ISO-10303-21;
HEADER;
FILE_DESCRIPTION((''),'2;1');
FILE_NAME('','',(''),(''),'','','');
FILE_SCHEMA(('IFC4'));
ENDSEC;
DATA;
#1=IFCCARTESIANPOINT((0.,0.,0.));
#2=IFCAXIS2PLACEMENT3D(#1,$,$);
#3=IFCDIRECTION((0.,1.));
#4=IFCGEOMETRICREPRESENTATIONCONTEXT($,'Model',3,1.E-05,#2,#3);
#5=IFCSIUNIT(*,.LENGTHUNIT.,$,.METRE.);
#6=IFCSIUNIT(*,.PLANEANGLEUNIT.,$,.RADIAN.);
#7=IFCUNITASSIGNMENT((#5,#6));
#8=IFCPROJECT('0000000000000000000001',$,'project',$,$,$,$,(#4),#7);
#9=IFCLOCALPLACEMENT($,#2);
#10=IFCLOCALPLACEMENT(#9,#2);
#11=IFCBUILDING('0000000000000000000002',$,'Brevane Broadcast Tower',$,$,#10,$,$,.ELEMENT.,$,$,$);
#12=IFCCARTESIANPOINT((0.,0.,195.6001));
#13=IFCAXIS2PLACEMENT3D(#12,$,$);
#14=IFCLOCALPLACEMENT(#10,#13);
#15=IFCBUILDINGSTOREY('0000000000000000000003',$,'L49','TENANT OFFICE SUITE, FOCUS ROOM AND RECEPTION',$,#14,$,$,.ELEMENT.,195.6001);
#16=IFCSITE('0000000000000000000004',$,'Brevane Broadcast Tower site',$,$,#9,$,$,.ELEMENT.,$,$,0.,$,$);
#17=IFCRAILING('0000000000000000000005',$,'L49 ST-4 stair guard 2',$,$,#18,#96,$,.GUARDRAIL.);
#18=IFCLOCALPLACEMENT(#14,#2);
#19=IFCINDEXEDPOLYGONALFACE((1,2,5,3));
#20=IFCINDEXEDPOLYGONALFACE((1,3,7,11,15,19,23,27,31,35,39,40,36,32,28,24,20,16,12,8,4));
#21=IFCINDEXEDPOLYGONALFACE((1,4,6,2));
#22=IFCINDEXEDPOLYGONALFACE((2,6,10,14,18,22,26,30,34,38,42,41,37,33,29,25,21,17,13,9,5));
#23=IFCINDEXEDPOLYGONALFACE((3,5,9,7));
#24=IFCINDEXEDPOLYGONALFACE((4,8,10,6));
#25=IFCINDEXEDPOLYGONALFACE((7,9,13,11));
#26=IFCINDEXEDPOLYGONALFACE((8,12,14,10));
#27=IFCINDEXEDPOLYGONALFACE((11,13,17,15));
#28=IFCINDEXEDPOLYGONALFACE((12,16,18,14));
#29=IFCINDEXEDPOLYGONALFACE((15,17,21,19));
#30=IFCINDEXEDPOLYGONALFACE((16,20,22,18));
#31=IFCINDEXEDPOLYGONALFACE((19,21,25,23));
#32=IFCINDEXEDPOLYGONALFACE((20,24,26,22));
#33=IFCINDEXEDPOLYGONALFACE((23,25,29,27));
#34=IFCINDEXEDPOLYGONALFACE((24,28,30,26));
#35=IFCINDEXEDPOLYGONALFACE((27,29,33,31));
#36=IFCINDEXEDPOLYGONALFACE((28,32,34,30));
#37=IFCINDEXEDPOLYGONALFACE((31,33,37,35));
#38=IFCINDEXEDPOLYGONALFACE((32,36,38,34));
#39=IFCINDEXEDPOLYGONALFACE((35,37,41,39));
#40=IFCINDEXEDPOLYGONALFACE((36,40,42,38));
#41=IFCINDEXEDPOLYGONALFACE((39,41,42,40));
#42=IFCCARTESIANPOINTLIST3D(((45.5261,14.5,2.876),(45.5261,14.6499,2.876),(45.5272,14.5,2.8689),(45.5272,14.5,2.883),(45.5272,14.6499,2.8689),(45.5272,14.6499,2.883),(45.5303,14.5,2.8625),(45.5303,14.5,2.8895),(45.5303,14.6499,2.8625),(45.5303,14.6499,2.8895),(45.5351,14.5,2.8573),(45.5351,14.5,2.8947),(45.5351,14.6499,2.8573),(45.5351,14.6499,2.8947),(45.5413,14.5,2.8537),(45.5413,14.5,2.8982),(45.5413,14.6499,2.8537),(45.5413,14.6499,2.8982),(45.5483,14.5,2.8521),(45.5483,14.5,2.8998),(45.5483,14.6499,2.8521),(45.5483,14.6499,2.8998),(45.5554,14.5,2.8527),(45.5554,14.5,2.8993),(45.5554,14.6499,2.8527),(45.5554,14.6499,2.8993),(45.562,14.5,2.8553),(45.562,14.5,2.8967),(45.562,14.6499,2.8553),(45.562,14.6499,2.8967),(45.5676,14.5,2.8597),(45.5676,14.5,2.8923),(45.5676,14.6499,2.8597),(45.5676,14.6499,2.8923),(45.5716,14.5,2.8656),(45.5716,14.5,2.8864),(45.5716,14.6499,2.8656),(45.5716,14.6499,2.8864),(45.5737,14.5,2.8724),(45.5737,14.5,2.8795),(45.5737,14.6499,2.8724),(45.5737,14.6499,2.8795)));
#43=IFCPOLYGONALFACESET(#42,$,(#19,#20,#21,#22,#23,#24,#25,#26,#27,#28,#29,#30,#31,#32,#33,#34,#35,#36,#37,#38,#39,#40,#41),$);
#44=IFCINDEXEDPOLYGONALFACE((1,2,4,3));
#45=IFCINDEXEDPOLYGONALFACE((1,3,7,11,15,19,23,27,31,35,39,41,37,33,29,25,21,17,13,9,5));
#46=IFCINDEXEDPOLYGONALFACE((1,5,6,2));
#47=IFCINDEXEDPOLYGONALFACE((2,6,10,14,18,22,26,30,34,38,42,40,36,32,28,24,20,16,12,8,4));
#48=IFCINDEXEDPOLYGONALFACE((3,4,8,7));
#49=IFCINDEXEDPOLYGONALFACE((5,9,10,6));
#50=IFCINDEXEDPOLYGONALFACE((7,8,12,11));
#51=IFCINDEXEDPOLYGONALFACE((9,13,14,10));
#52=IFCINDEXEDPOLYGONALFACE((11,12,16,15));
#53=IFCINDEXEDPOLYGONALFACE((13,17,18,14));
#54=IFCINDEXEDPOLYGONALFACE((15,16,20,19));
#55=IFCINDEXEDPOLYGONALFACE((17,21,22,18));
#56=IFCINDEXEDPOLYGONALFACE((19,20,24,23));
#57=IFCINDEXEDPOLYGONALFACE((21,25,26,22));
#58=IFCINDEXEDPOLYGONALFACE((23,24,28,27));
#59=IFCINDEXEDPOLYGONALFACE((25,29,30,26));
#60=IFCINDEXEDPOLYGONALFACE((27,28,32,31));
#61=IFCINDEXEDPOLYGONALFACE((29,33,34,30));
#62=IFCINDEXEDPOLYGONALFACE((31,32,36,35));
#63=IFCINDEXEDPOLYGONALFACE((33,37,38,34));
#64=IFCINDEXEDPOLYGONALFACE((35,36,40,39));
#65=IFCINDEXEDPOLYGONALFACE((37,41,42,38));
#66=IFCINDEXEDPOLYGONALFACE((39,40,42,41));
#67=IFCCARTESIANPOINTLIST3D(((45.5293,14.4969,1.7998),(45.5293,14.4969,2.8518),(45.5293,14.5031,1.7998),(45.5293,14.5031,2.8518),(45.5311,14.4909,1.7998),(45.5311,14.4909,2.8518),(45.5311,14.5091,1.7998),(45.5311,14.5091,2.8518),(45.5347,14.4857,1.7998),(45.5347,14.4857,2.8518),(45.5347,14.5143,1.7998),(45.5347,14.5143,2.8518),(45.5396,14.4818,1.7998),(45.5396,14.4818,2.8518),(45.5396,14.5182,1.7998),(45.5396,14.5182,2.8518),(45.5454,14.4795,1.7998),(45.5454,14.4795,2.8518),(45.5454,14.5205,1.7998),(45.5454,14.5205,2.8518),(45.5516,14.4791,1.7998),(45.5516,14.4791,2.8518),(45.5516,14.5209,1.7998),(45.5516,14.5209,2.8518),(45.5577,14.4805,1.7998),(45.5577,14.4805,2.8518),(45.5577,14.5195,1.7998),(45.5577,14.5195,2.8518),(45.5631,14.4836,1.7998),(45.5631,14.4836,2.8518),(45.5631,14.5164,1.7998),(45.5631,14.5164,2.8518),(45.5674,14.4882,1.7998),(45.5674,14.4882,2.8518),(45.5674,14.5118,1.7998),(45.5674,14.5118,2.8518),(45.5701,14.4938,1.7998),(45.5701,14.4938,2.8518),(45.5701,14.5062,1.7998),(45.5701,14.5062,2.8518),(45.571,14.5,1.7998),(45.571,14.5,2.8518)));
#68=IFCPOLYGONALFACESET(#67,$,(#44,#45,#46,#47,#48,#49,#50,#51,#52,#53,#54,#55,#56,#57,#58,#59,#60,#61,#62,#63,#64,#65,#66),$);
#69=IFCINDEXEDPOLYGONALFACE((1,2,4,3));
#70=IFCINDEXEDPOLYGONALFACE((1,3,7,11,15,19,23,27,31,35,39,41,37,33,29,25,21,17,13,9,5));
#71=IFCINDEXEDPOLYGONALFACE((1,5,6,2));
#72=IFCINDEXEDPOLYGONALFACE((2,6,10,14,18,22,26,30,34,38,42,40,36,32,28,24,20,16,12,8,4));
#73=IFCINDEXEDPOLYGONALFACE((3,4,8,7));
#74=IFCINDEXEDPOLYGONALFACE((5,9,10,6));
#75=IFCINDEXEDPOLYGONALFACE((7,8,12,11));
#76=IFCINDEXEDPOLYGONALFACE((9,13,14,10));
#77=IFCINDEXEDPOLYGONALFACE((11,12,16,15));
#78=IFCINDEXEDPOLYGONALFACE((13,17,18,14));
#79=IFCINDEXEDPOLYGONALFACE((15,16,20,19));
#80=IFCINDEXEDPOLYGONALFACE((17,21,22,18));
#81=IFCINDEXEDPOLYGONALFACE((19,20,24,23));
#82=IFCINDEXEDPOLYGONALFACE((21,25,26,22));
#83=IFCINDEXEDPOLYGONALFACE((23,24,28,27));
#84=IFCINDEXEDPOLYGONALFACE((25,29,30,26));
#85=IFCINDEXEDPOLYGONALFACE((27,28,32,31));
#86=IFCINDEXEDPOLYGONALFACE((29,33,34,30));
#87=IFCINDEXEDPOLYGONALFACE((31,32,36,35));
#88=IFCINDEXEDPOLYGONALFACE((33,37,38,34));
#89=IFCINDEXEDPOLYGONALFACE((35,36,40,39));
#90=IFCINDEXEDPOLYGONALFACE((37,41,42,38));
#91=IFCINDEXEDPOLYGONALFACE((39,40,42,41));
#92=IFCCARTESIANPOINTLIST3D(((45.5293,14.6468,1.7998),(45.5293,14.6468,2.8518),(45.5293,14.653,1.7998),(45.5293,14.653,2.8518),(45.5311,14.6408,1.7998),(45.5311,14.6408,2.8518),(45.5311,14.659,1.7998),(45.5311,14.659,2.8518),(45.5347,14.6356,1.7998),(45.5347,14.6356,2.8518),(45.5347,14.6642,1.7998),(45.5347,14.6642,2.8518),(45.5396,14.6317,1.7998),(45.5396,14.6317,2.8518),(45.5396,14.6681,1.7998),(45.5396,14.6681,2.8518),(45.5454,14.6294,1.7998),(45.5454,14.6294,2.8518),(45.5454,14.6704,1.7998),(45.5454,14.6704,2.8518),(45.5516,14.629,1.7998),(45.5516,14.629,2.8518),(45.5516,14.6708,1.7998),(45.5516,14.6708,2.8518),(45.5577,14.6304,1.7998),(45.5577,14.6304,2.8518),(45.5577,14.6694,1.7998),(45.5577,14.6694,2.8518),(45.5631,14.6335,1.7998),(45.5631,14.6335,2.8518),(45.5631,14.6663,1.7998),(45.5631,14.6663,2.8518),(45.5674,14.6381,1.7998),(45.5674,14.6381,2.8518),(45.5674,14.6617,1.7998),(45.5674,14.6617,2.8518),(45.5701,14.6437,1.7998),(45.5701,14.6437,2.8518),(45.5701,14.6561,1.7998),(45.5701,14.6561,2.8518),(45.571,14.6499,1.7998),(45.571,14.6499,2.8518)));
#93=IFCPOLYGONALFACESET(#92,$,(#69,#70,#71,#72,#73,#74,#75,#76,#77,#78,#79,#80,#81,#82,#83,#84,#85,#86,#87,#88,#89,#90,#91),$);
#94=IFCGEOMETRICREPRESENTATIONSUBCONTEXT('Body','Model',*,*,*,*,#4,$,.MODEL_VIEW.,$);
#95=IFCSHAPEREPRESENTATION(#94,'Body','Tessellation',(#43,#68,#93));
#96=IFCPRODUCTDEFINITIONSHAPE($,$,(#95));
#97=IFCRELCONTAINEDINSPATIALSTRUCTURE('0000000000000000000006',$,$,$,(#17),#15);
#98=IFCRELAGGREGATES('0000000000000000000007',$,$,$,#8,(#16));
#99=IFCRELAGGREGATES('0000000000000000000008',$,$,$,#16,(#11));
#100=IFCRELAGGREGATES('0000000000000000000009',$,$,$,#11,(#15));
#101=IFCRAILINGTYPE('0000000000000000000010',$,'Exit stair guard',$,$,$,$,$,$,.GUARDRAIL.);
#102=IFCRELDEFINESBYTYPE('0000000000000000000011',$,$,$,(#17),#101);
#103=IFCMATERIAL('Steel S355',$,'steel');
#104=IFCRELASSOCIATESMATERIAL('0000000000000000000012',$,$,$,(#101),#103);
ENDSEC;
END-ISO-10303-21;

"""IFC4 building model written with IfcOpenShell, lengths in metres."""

from ifc_helpers import new_model, si_unit, direction, frame, origin, origin_2d, place, context, subcontext, project, spatial, circle, extrude, material, type_object, element, save


model = new_model("IFC4")

# Units and contexts
model_context = context("Model", 3, precision=1e-05, world=origin(), true_north=direction((0.0, 1.0)))
body_context = subcontext(model_context, "Body", "Model", "MODEL_VIEW")
ifc_project = project(units=[si_unit("LENGTHUNIT", "METRE"), si_unit("PLANEANGLEUNIT", "RADIAN")], contexts=[model_context])

# Site, building, storey
site_placement = place(None, origin())
site = spatial("IfcSite", under=ifc_project, at=site_placement, Name="Brevane Broadcast Tower site", CompositionType="ELEMENT", RefElevation=0.0)
building_placement = place(site_placement, origin())
building = spatial("IfcBuilding", under=site, at=building_placement, Name="Brevane Broadcast Tower", CompositionType="ELEMENT")
storey_placement = place(building_placement, frame((0.0, 0.0, 195.6001)))
storey = spatial("IfcBuildingStorey", under=building, at=storey_placement, Name="L49", Description="TENANT OFFICE SUITE, FOCUS ROOM AND RECEPTION", CompositionType="ELEMENT", Elevation=195.6001)

# Railing
ifc_material_1 = material(Name="Steel S355", Category="steel")
railing_type_1 = type_object("IfcRailingType", Name="Exit stair guard", PredefinedType="GUARDRAIL", material=ifc_material_1)
railing_1_placement = place(storey_placement, frame((45.55, 14.5, 1.7998)))
element("IfcRailing", 1, at=railing_1_placement, inside=storey, type_object=railing_type_1, Name="L49 ST-4 stair guard 2", PredefinedType="GUARDRAIL", context=body_context, shape_type="SweptSolid", body=[
    extrude(circle(Radius=0.0239, at=origin_2d()), frame((0.0, 0.0, 1.0762), z_axis=(0.0, 1.0, 0.0), x_axis=(-1.0, 0.0, 0.0)), (0.0, 0.0, 1.0), 0.1499),
    extrude(circle(Radius=0.021, at=origin_2d()), origin(), (0.0, 0.0, 1.0), 1.052),
    extrude(circle(Radius=0.021, at=origin_2d()), frame((0.0, 0.1499, 0.0)), (0.0, 0.0, 1.0), 1.052),
])

save(model, "model.ifc")
